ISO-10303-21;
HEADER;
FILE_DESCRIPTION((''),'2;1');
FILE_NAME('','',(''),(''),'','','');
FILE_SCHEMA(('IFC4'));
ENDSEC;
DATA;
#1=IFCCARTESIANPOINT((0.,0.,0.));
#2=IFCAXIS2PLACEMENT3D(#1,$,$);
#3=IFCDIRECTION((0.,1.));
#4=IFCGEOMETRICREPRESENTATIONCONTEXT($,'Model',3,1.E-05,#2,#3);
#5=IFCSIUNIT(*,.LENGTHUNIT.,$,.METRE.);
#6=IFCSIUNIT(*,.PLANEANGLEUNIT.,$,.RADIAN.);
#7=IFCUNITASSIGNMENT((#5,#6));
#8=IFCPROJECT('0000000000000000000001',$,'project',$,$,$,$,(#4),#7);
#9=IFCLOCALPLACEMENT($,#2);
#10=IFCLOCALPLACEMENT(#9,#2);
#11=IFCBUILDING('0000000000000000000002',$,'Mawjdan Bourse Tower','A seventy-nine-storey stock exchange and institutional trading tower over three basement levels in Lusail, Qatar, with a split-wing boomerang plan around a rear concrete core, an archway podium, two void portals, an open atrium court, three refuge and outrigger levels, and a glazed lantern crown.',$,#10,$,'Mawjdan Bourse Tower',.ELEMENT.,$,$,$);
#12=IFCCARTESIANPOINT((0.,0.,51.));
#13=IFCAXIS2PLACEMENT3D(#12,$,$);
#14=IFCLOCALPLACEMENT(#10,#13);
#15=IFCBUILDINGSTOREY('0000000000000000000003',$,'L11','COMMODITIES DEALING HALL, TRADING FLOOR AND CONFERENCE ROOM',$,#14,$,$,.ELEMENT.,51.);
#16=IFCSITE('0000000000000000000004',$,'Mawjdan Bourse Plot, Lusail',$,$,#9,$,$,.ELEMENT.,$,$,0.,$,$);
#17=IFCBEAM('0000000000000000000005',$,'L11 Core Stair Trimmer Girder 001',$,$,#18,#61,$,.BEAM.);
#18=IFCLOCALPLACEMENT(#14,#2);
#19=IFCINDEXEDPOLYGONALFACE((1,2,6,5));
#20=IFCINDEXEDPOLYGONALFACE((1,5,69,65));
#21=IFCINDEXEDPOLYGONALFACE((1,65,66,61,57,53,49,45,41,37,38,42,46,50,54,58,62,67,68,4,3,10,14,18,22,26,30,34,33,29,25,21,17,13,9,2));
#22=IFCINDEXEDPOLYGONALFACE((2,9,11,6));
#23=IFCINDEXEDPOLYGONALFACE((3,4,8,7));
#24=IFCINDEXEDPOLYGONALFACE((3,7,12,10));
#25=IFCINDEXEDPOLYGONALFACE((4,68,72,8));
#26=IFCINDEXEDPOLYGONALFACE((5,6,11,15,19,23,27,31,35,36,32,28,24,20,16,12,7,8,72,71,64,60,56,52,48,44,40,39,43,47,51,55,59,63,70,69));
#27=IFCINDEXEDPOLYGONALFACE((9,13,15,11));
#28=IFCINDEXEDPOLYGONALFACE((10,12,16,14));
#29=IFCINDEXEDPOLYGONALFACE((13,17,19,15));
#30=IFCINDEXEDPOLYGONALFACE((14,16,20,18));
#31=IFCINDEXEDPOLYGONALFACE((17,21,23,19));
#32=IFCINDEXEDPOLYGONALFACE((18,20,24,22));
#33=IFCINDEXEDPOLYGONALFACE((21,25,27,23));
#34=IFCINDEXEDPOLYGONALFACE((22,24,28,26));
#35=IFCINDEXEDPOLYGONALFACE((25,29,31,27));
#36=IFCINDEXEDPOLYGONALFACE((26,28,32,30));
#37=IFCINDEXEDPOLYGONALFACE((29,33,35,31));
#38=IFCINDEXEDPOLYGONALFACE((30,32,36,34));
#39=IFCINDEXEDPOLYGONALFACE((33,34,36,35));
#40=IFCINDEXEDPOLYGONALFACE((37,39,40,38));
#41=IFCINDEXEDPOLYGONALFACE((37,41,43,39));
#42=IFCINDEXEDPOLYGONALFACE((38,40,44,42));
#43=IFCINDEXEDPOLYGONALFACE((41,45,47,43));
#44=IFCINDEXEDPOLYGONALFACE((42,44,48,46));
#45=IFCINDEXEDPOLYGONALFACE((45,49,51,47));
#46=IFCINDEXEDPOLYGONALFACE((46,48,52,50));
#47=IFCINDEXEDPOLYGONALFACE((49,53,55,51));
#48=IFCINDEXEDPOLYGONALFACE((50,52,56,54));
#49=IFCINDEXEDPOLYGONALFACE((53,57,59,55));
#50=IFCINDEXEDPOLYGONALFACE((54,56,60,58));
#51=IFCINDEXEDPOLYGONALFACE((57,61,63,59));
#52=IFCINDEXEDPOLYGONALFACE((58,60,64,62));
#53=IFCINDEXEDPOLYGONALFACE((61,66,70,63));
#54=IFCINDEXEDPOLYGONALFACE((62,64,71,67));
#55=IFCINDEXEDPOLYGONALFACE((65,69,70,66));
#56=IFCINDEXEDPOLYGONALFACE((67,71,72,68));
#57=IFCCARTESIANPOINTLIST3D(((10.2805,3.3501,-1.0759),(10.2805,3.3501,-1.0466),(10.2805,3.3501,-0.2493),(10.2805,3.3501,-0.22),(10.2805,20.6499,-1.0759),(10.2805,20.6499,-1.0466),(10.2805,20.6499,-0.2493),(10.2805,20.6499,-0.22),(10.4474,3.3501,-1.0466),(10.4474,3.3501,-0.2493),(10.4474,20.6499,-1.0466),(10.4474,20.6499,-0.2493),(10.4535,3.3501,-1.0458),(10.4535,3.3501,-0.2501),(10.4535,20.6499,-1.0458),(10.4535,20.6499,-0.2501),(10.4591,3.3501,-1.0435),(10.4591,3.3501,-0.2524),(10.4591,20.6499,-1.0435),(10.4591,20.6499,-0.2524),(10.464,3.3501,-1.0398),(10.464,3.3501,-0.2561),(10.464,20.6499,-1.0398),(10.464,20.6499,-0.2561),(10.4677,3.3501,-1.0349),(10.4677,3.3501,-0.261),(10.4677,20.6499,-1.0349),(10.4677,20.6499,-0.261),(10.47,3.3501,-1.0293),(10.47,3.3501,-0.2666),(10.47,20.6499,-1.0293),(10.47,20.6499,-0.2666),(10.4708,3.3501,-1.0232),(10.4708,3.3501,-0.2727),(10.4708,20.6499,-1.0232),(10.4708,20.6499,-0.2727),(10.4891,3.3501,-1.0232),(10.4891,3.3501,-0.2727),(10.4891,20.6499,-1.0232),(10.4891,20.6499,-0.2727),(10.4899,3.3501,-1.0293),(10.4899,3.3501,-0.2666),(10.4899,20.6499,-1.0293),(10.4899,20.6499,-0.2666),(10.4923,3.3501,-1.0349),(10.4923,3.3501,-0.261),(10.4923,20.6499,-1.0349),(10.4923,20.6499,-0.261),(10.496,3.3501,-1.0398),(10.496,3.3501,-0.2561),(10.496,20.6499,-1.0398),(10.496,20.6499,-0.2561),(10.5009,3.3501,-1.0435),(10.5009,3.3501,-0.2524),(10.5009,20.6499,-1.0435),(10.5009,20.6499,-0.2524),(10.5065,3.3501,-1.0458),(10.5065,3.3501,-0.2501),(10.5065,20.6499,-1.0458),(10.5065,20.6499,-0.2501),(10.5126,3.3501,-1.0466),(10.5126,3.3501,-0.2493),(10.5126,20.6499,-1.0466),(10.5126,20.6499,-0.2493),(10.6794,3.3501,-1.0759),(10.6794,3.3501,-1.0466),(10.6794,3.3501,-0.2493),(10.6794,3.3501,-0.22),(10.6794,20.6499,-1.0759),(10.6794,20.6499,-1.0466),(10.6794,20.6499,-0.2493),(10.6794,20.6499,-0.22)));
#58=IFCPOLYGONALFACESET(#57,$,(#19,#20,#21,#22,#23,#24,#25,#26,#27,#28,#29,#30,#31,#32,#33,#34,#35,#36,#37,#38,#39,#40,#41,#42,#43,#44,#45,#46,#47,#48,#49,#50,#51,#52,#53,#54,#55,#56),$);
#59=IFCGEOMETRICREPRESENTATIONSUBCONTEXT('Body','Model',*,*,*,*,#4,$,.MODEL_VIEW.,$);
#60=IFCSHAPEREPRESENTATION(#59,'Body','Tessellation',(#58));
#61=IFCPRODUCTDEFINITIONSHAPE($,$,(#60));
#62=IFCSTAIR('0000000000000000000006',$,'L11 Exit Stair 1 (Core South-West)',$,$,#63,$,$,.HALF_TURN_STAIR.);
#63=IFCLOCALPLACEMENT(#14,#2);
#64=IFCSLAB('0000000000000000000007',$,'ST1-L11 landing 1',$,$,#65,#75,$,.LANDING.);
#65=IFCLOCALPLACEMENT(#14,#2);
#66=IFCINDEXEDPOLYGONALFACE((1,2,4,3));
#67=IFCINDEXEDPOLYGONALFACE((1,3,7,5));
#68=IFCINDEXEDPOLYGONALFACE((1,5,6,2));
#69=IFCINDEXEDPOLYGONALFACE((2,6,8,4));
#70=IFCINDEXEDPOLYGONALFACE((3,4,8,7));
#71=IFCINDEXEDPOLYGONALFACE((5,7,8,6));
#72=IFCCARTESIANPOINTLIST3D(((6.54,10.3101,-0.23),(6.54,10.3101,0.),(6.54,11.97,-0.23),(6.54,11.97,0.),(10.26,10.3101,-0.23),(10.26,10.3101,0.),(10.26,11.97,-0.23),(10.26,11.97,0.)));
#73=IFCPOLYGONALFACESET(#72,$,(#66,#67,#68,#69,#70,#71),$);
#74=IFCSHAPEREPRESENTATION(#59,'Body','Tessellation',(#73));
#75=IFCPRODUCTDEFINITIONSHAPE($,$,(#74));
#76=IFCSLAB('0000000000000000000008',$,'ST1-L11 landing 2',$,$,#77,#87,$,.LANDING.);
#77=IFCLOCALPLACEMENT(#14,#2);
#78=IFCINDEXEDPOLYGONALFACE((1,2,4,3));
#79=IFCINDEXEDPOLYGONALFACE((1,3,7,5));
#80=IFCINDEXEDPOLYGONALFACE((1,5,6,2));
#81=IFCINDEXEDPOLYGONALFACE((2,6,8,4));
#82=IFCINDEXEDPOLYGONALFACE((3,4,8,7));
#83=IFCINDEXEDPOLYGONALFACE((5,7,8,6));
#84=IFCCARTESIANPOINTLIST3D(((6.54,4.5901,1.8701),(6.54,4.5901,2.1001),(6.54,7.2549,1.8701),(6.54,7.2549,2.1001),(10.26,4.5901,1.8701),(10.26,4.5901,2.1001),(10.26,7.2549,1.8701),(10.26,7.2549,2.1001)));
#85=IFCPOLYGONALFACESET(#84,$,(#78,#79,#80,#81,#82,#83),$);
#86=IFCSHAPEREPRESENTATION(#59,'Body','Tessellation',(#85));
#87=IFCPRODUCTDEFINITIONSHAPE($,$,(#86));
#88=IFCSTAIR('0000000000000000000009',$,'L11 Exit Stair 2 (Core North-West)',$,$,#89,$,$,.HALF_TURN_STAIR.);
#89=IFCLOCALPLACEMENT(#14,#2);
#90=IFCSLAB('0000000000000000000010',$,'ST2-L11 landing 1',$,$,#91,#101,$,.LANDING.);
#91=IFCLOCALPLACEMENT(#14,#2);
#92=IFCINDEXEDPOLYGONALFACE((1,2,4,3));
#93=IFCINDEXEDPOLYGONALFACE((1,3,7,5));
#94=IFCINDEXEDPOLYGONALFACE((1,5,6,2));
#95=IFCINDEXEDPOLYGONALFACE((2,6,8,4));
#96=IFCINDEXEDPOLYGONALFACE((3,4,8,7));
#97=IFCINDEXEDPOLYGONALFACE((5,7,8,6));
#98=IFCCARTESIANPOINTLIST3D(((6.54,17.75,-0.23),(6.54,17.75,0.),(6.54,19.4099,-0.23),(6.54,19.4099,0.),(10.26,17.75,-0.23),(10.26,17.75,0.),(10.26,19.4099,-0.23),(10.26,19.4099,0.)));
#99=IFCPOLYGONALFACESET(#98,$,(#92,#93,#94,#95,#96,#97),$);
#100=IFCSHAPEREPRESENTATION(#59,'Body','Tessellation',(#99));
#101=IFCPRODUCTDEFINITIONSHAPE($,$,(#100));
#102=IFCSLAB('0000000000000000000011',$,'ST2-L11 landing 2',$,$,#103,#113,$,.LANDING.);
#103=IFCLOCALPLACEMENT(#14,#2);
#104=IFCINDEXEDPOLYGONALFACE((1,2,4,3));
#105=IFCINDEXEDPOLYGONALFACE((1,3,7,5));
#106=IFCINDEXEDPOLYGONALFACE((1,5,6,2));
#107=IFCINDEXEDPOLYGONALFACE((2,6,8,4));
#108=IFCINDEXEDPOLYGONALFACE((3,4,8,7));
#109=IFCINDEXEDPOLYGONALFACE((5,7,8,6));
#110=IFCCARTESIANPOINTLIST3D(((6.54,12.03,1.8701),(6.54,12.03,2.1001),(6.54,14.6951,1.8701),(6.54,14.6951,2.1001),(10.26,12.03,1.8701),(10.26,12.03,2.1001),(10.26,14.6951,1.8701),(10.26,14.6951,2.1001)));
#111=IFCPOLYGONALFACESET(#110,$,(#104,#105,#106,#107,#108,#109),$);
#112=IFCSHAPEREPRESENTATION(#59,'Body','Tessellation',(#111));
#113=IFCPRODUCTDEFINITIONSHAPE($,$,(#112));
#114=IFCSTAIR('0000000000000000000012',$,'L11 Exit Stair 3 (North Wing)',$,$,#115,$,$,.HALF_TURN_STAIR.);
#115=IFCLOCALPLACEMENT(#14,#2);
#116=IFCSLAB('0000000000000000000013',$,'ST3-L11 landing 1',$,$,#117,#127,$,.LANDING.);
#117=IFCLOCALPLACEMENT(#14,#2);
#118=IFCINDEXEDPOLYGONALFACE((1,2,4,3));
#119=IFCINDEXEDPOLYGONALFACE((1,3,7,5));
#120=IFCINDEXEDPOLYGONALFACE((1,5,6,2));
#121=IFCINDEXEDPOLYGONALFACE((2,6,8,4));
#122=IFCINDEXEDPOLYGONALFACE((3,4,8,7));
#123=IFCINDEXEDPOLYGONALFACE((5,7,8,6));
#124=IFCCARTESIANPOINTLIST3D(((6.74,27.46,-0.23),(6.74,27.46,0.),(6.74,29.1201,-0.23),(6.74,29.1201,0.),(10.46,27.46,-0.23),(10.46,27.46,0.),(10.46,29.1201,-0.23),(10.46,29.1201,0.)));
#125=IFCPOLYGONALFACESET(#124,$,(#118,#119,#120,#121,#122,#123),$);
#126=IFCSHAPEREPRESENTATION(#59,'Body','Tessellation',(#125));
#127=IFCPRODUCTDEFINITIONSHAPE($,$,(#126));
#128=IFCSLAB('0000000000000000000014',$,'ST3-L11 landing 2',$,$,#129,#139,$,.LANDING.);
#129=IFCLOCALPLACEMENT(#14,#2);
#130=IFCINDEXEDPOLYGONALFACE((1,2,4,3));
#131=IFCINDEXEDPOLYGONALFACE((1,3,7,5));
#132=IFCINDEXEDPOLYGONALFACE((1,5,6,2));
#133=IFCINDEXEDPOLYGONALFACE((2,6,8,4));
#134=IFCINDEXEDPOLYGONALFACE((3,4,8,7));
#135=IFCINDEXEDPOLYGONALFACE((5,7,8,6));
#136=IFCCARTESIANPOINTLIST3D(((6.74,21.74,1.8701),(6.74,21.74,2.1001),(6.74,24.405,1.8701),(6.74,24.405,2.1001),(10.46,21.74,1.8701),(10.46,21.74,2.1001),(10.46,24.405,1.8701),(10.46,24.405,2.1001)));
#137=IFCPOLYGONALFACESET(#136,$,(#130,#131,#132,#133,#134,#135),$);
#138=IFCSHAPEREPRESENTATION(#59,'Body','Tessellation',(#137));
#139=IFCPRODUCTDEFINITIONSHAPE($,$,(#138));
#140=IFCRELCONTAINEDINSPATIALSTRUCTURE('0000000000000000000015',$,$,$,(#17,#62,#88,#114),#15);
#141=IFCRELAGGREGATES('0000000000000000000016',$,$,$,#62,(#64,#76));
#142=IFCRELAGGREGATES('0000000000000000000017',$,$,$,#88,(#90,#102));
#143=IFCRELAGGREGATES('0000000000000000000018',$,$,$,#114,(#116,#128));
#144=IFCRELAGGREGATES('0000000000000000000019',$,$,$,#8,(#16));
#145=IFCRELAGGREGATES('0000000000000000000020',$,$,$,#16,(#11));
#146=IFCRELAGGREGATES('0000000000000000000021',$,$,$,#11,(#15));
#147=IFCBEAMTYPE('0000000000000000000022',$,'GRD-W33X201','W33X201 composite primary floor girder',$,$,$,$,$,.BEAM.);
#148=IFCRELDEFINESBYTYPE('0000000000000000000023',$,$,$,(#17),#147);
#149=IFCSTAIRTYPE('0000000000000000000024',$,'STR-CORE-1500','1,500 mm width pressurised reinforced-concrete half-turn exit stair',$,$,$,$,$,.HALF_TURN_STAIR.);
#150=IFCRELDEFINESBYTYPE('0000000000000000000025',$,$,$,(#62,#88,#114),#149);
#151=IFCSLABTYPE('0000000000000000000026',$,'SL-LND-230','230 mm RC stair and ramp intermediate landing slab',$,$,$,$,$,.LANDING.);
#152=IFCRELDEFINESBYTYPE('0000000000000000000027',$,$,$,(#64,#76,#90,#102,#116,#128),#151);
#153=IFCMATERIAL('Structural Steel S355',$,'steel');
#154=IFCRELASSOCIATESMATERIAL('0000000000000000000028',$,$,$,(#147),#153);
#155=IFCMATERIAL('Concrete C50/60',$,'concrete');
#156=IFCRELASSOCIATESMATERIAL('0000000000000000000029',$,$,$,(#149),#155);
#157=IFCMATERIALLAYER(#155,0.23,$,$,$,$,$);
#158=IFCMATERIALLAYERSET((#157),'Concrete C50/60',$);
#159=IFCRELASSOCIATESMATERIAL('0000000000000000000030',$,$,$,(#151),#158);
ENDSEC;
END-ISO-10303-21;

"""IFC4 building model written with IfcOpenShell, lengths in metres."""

from ifc_helpers import new_model, si_unit, direction, frame, origin, origin_2d, place, context, subcontext, project, spatial, polyline, i_section, outline, extrude, material, layer, layer_set, material_profile, profile_set, type_object, element, aggregate, save


model = new_model("IFC4")

# Units and contexts
model_context = context("Model", 3, precision=1e-05, world=origin(), true_north=direction((0.0, 1.0)))
body_context = subcontext(model_context, "Body", "Model", "MODEL_VIEW")
ifc_project = project(units=[si_unit("LENGTHUNIT", "METRE"), si_unit("PLANEANGLEUNIT", "RADIAN")], contexts=[model_context])

# Site, building, storey
site_placement = place(None, origin())
site = spatial("IfcSite", under=ifc_project, at=site_placement, Name="Mawjdan Bourse Plot, Lusail", CompositionType="ELEMENT", RefElevation=0.0)
building_placement = place(site_placement, origin())
building = spatial("IfcBuilding", under=site, at=building_placement, Name="Mawjdan Bourse Tower", Description="A seventy-nine-storey stock exchange and institutional trading tower over three basement levels in Lusail, Qatar, with a split-wing boomerang plan around a rear concrete core, an archway podium, two void portals, an open atrium court, three refuge and outrigger levels, and a glazed lantern crown.", LongName="Mawjdan Bourse Tower", CompositionType="ELEMENT")
storey_placement = place(building_placement, frame((0.0, 0.0, 51.0)))
storey = spatial("IfcBuildingStorey", under=building, at=storey_placement, Name="L11", Description="COMMODITIES DEALING HALL, TRADING FLOOR AND CONFERENCE ROOM", CompositionType="ELEMENT", Elevation=51.0)

# Beam
ifc_material_1 = material(Name="Structural Steel S355", Category="steel")
ifc_material_profile = material_profile(ifc_material_1, i_section(OverallWidth=0.3989, OverallDepth=0.856, WebThickness=0.0183, FlangeThickness=0.0293, FilletRadius=0.0234, at=origin_2d()), Name="W33X201")
ifc_profile_set = profile_set([ifc_material_profile], Name="Structural Steel S355")
beam_type = type_object("IfcBeamType", Name="GRD-W33X201", Description="W33X201 composite primary floor girder", PredefinedType="BEAM", material=ifc_profile_set)
beam_placement = place(storey_placement, frame((10.48, 3.3501, -0.6479), z_axis=(0.0, 1.0, 0.0), x_axis=(-1.0, 0.0, 0.0)))
element("IfcBeam", 1, at=beam_placement, inside=storey, type_object=beam_type, Name="L11 Core Stair Trimmer Girder 001", PredefinedType="BEAM", context=body_context, shape_type="SweptSolid", body=[
    extrude(i_section(OverallWidth=0.3989, OverallDepth=0.856, WebThickness=0.0183, FlangeThickness=0.0293, FilletRadius=0.0234, at=origin_2d()), origin(), (0.0, 0.0, 1.0), 17.2998),
])

# Stairs, slabs
ifc_material_2 = material(Name="Concrete C50/60", Category="concrete")
stair_type = type_object("IfcStairType", Name="STR-CORE-1500", Description="1,500 mm width pressurised reinforced-concrete half-turn exit stair", PredefinedType="HALF_TURN_STAIR", material=ifc_material_2)
stair_1_placement = place(storey_placement, origin())
stair_1 = element("IfcStair", 2, at=stair_1_placement, inside=storey, type_object=stair_type, Name="L11 Exit Stair 1 (Core South-West)", PredefinedType="HALF_TURN_STAIR")
ifc_layer_1 = layer(ifc_material_2, 0.23)
ifc_layer_set_1 = layer_set([ifc_layer_1], Name="Concrete C50/60")
slab_type_1 = type_object("IfcSlabType", Name="SL-LND-230", Description="230 mm RC stair and ramp intermediate landing slab", PredefinedType="LANDING", material=ifc_layer_set_1)
slab_1_placement = place(storey_placement, frame((0.0, 0.0, -0.23)))
slab_1 = element("IfcSlab", 3, at=slab_1_placement, type_object=slab_type_1, Name="ST1-L11 landing 1", PredefinedType="LANDING", context=body_context, shape_type="SweptSolid", body=[
    extrude(outline(polyline([(6.54, 10.3101), (10.26, 10.3101), (10.26, 11.97), (6.54, 11.97), (6.54, 10.3101)])), origin(), (0.0, 0.0, 1.0), 0.23),
])
slab_2_placement = place(storey_placement, frame((0.0, 0.0, 1.8701)))
slab_2 = element("IfcSlab", 4, at=slab_2_placement, type_object=slab_type_1, Name="ST1-L11 landing 2", PredefinedType="LANDING", context=body_context, shape_type="SweptSolid", body=[
    extrude(outline(polyline([(6.54, 4.5901), (10.26, 4.5901), (10.26, 7.2549), (6.54, 7.2549), (6.54, 4.5901)])), origin(), (0.0, 0.0, 1.0), 0.23),
])
aggregate(stair_1, [slab_1, slab_2])
stair_2_placement = place(storey_placement, origin())
stair_2 = element("IfcStair", 5, at=stair_2_placement, inside=storey, type_object=stair_type, Name="L11 Exit Stair 2 (Core North-West)", PredefinedType="HALF_TURN_STAIR")
slab_3_placement = place(storey_placement, frame((0.0, 0.0, -0.23)))
slab_3 = element("IfcSlab", 6, at=slab_3_placement, type_object=slab_type_1, Name="ST2-L11 landing 1", PredefinedType="LANDING", context=body_context, shape_type="SweptSolid", body=[
    extrude(outline(polyline([(6.54, 17.75), (10.26, 17.75), (10.26, 19.4099), (6.54, 19.4099), (6.54, 17.75)])), origin(), (0.0, 0.0, 1.0), 0.23),
])
slab_4_placement = place(storey_placement, frame((0.0, 0.0, 1.8701)))
slab_4 = element("IfcSlab", 7, at=slab_4_placement, type_object=slab_type_1, Name="ST2-L11 landing 2", PredefinedType="LANDING", context=body_context, shape_type="SweptSolid", body=[
    extrude(outline(polyline([(6.54, 12.03), (10.26, 12.03), (10.26, 14.6951), (6.54, 14.6951), (6.54, 12.03)])), origin(), (0.0, 0.0, 1.0), 0.23),
])
aggregate(stair_2, [slab_3, slab_4])
stair_3_placement = place(storey_placement, origin())
stair_3 = element("IfcStair", 8, at=stair_3_placement, inside=storey, type_object=stair_type, Name="L11 Exit Stair 3 (North Wing)", PredefinedType="HALF_TURN_STAIR")
slab_5_placement = place(storey_placement, frame((0.0, 0.0, -0.23)))
slab_5 = element("IfcSlab", 9, at=slab_5_placement, type_object=slab_type_1, Name="ST3-L11 landing 1", PredefinedType="LANDING", context=body_context, shape_type="SweptSolid", body=[
    extrude(outline(polyline([(6.74, 27.46), (10.46, 27.46), (10.46, 29.1201), (6.74, 29.1201), (6.74, 27.46)])), origin(), (0.0, 0.0, 1.0), 0.23),
])
slab_6_placement = place(storey_placement, frame((0.0, 0.0, 1.8701)))
slab_6 = element("IfcSlab", 10, at=slab_6_placement, type_object=slab_type_1, Name="ST3-L11 landing 2", PredefinedType="LANDING", context=body_context, shape_type="SweptSolid", body=[
    extrude(outline(polyline([(6.74, 21.74), (10.46, 21.74), (10.46, 24.405), (6.74, 24.405), (6.74, 21.74)])), origin(), (0.0, 0.0, 1.0), 0.23),
])
aggregate(stair_3, [slab_5, slab_6])

save(model, "model.ifc")
